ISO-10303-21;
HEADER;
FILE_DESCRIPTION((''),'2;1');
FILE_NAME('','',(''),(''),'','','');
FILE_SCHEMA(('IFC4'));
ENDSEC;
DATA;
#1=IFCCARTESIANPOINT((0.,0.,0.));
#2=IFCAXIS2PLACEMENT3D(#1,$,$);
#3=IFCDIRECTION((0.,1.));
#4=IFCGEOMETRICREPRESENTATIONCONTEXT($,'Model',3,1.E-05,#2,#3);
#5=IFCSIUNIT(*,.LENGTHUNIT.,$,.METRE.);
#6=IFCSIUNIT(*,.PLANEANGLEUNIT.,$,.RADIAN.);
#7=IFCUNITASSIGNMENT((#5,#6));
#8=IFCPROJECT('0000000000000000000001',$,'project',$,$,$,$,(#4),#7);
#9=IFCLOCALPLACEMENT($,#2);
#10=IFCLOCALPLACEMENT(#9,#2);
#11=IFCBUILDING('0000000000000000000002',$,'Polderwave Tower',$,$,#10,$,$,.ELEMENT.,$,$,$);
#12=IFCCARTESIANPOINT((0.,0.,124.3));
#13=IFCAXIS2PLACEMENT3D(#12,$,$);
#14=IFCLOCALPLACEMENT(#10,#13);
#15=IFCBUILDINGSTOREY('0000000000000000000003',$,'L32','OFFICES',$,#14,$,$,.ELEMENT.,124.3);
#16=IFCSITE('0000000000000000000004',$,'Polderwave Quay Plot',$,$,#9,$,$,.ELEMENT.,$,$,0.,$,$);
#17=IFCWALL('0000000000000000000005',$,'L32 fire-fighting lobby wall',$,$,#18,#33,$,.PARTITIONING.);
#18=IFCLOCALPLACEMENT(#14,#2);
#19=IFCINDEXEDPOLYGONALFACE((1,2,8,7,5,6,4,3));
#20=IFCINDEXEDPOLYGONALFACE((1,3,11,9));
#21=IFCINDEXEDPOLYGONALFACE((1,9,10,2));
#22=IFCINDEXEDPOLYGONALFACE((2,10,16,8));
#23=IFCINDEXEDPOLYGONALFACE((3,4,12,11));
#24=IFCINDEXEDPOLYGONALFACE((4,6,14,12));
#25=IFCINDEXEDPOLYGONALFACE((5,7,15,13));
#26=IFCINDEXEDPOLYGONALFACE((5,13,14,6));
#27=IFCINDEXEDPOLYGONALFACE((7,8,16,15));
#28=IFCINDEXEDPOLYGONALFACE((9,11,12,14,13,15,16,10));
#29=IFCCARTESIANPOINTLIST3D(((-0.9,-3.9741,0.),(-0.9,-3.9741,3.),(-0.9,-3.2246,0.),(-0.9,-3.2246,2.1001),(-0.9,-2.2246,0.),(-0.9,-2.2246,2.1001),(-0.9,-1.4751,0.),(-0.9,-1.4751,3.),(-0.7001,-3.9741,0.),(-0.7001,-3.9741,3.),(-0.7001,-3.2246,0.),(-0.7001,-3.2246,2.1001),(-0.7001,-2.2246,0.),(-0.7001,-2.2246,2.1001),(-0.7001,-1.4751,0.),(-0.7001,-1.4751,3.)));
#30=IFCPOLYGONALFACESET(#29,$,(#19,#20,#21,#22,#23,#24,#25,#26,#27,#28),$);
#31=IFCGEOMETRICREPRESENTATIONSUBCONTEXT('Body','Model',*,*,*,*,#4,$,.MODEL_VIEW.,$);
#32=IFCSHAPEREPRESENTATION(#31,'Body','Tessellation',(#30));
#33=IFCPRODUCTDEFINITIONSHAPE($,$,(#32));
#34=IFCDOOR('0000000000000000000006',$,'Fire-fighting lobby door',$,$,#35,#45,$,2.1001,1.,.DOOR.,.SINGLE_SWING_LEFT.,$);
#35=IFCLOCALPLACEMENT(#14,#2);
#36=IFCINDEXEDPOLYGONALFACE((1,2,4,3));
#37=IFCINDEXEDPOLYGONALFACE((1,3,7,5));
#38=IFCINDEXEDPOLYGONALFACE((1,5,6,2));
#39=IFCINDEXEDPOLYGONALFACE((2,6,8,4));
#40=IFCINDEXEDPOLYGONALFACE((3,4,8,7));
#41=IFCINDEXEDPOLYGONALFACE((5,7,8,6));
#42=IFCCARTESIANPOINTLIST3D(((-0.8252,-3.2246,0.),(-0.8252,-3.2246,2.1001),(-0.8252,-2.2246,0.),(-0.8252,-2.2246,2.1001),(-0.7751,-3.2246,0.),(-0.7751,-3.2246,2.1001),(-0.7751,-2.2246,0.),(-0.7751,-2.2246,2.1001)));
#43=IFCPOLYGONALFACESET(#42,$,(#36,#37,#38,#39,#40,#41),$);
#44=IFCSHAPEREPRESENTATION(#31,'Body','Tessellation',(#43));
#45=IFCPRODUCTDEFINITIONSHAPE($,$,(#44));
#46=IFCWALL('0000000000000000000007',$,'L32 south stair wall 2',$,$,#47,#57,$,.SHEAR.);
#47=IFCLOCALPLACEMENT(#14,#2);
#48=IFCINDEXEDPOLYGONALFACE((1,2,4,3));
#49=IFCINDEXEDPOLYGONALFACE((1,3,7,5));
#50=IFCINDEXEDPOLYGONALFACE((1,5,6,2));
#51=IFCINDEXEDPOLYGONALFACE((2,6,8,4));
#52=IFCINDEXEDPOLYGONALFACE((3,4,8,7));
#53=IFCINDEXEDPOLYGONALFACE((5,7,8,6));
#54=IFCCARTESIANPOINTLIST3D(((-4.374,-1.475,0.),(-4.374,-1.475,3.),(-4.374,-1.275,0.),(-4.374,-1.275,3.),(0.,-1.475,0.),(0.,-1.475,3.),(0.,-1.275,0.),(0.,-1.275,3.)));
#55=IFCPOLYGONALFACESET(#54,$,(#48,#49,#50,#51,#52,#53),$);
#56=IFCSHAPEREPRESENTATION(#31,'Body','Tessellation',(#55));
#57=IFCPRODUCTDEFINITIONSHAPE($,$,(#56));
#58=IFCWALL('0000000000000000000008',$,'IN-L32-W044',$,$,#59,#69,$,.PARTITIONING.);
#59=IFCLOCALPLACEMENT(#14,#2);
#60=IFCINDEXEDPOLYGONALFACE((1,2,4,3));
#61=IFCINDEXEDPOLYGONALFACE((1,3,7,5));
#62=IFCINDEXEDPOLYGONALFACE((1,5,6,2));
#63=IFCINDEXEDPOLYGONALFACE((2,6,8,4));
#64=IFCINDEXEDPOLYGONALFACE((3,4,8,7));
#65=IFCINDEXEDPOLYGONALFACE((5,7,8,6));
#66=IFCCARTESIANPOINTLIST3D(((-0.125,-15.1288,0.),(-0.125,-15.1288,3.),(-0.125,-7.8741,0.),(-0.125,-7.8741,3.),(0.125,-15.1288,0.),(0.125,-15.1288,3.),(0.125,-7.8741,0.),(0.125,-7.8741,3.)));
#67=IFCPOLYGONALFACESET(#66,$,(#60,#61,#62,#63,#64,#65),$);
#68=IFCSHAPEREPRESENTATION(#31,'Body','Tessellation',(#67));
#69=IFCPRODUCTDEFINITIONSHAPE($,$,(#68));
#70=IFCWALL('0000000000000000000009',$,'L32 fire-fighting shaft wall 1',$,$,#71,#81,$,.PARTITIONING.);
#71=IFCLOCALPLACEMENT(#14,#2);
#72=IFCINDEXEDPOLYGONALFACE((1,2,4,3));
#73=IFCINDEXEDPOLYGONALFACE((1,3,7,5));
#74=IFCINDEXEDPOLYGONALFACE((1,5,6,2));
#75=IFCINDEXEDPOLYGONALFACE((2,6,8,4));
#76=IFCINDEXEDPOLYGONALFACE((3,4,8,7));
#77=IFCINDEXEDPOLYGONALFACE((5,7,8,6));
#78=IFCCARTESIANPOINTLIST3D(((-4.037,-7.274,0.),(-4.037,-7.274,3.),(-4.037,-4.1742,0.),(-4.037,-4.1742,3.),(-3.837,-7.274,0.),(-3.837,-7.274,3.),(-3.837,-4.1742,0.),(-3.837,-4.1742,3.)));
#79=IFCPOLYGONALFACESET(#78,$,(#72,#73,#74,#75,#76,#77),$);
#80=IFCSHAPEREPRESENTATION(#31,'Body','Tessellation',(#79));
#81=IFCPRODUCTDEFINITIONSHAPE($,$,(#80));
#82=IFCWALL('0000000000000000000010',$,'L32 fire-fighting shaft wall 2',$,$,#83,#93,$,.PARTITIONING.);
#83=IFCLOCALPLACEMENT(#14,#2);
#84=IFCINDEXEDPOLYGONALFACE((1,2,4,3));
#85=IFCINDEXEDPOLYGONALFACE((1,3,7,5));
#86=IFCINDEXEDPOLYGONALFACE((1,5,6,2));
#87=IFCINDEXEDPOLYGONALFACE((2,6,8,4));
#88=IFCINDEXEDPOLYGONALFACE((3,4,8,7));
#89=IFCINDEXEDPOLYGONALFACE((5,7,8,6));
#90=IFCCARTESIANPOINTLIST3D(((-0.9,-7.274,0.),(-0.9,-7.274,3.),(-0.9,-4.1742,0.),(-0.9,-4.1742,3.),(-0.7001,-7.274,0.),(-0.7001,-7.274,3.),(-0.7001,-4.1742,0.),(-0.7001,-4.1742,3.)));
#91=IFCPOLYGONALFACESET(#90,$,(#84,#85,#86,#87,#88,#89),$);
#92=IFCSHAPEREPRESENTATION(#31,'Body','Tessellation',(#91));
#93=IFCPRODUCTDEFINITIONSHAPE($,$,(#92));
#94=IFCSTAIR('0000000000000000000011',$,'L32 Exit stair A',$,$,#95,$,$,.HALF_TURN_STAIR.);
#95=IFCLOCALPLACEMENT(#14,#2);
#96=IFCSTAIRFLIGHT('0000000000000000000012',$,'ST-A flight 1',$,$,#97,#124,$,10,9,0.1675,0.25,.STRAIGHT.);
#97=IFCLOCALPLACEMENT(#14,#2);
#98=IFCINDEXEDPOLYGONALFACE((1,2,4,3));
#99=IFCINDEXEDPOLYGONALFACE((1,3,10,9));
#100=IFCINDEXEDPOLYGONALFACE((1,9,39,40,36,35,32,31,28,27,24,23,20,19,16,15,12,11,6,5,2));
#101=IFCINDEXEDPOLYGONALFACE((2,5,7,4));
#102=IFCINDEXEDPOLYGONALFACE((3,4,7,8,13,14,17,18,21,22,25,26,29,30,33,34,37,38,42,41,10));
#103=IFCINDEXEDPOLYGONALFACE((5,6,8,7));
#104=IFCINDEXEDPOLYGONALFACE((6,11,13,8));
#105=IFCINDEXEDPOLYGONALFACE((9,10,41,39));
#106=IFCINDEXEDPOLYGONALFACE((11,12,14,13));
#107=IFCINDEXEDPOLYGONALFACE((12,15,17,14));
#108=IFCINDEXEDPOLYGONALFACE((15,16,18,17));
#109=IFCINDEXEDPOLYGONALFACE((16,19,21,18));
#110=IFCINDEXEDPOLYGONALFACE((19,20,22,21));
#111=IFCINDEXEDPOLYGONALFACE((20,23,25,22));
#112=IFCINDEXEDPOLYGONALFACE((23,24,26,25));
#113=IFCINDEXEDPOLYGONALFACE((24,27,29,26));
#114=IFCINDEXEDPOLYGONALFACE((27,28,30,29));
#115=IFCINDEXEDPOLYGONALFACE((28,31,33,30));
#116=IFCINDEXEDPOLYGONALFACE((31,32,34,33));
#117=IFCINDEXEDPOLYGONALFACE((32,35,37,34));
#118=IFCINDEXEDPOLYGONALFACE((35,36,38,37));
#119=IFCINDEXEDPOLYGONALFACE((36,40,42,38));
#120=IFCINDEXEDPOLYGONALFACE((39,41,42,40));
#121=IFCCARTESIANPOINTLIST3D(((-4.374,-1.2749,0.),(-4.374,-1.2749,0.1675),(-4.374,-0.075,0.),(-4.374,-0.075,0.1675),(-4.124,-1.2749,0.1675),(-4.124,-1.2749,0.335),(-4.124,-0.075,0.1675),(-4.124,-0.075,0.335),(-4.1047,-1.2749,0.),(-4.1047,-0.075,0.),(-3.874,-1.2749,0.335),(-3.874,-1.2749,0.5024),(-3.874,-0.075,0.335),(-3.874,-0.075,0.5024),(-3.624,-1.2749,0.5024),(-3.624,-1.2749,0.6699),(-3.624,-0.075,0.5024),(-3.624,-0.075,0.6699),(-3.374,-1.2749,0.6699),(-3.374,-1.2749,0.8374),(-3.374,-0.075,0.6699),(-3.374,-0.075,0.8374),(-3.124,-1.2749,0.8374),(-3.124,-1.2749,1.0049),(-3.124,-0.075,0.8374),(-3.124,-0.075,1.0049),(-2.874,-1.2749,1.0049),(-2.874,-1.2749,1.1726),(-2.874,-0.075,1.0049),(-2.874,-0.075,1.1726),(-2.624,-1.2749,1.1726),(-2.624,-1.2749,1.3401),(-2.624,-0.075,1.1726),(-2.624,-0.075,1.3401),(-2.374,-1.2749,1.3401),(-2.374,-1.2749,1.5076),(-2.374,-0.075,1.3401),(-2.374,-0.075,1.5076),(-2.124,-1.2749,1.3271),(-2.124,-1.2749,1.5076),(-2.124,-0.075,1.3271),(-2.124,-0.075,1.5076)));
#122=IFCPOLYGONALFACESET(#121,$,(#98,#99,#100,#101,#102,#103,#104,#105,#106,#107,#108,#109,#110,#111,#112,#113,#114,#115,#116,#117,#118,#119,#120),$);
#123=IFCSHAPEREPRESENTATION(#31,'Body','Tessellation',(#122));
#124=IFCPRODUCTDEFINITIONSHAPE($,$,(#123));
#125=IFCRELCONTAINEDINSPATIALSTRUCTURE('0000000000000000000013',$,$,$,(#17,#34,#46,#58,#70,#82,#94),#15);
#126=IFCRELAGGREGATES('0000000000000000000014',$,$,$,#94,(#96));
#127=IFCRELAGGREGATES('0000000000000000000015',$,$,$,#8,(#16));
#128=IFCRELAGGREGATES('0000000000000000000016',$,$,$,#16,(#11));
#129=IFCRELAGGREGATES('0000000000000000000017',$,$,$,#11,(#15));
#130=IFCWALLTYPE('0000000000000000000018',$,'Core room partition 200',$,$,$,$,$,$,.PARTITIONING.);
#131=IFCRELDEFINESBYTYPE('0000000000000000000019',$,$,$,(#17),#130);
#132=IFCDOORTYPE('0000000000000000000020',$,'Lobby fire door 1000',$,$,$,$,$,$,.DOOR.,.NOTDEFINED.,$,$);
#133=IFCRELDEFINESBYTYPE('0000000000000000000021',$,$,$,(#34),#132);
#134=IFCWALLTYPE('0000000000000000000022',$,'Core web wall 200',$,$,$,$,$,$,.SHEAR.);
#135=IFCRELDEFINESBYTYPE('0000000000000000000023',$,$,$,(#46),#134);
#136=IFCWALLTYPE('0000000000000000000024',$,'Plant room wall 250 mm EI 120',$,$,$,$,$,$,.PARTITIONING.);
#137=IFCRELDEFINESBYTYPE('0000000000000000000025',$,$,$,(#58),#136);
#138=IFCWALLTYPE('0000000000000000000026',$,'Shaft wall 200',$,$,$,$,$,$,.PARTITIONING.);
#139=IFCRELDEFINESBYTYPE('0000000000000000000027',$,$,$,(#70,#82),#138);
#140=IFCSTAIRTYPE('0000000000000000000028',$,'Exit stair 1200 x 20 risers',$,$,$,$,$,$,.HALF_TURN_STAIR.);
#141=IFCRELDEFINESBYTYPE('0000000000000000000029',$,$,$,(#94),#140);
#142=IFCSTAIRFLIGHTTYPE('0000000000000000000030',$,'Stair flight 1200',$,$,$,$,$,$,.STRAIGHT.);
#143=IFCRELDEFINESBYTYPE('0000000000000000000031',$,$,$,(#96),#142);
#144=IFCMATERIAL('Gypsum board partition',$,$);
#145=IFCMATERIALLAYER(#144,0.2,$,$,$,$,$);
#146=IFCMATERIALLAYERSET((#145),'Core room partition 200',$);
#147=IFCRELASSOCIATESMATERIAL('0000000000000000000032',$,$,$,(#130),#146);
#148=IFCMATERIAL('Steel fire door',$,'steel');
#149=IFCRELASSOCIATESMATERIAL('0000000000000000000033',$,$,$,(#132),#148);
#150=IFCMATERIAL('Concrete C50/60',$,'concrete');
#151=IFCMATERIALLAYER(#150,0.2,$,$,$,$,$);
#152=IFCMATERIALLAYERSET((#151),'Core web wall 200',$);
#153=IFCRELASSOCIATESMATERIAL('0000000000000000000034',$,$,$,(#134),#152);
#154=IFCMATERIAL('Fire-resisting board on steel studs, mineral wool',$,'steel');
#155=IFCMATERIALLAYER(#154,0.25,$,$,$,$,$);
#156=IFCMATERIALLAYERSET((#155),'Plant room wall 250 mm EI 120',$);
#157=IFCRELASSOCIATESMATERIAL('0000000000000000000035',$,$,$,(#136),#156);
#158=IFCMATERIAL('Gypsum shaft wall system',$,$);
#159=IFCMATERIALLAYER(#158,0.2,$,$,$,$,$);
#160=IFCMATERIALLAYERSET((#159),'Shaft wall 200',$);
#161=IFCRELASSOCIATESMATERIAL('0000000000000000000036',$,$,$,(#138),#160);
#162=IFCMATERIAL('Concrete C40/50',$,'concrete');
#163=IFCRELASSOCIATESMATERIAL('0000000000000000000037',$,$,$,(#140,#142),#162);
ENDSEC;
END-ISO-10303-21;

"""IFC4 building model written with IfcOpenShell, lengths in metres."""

from ifc_helpers import new_model, si_unit, direction, frame, frame_2d, origin, place, context, subcontext, project, spatial, polyline, rectangle, outline, extrude, material, layer, layer_set, type_object, element, fill, aggregate, save


model = new_model("IFC4")

# Units and contexts
model_context = context("Model", 3, precision=1e-05, world=origin(), true_north=direction((0.0, 1.0)))
body_context = subcontext(model_context, "Body", "Model", "MODEL_VIEW")
ifc_project = project(units=[si_unit("LENGTHUNIT", "METRE"), si_unit("PLANEANGLEUNIT", "RADIAN")], contexts=[model_context])

# Site, building, storey
site_placement = place(None, origin())
site = spatial("IfcSite", under=ifc_project, at=site_placement, Name="Polderwave Quay Plot", CompositionType="ELEMENT", RefElevation=0.0)
building_placement = place(site_placement, origin())
building = spatial("IfcBuilding", under=site, at=building_placement, Name="Polderwave Tower", CompositionType="ELEMENT")
storey_placement = place(building_placement, frame((0.0, 0.0, 124.3)))
storey = spatial("IfcBuildingStorey", under=building, at=storey_placement, Name="L32", Description="OFFICES", CompositionType="ELEMENT", Elevation=124.3)

# Wall, opening, door
ifc_material_1 = material(Name="Gypsum board partition")
ifc_layer_1 = layer(ifc_material_1, 0.2)
ifc_layer_set_1 = layer_set([ifc_layer_1], Name="Core room partition 200")
wall_type_1 = type_object("IfcWallType", Name="Core room partition 200", PredefinedType="PARTITIONING", material=ifc_layer_set_1)
wall_1_placement = place(storey_placement, frame((-0.8, -3.9741, 0.0), z_axis=(0.0, 0.0, 1.0), x_axis=(0.0, 1.0, 0.0)))
wall_1 = element("IfcWall", 1, at=wall_1_placement, inside=storey, type_object=wall_type_1, Name="L32 fire-fighting lobby wall", PredefinedType="PARTITIONING", context=body_context, shape_type="SweptSolid", body=[
    extrude(rectangle(XDim=2.499, YDim=0.2, at=frame_2d((1.2495, 0.0))), origin(), (0.0, 0.0, 1.0), 3.0),
])
opening_placement = place(wall_1_placement, frame((0.7495, 0.0, 0.0)))
opening = element("IfcOpeningElement", 2, at=opening_placement, cuts=wall_1, PredefinedType="OPENING", context=body_context, shape_type="SweptSolid", body=[
    extrude(rectangle(XDim=1.0, YDim=2.1001, at=frame_2d((0.5, 1.05))), frame((0.0, 0.1099, 0.0), z_axis=(0.0, -1.0, 0.0), x_axis=(1.0, 0.0, 0.0)), (0.0, 0.0, 1.0), 0.22),
])
ifc_material_2 = material(Name="Steel fire door", Category="steel")
door_type = type_object("IfcDoorType", Name="Lobby fire door 1000", OperationType="NOTDEFINED", PredefinedType="DOOR", material=ifc_material_2)
door_placement = place(opening_placement, frame((1.0, 0.0, 0.0), z_axis=(0.0, 0.0, 1.0), x_axis=(-1.0, 0.0, 0.0)))
door = element("IfcDoor", 3, at=door_placement, inside=storey, type_object=door_type, Name="Fire-fighting lobby door", OperationType="SINGLE_SWING_LEFT", OverallHeight=2.1001, OverallWidth=1.0, PredefinedType="DOOR", context=body_context, shape_type="SweptSolid", body=[
    extrude(rectangle(XDim=1.0, YDim=2.1001, at=frame_2d((0.5, 1.05))), frame((0.0, 0.0249, 0.0), z_axis=(0.0, -1.0, 0.0), x_axis=(1.0, 0.0, 0.0)), (0.0, 0.0, 1.0), 0.05),
])
fill(opening, door)

# Walls
ifc_material_3 = material(Name="Concrete C50/60", Category="concrete")
ifc_layer_2 = layer(ifc_material_3, 0.2)
ifc_layer_set_2 = layer_set([ifc_layer_2], Name="Core web wall 200")
wall_type_2 = type_object("IfcWallType", Name="Core web wall 200", PredefinedType="SHEAR", material=ifc_layer_set_2)
wall_2_placement = place(storey_placement, frame((-4.374, -1.375, 0.0), z_axis=(0.0, 0.0, 1.0), x_axis=(1.0, 0.0, 0.0)))
element("IfcWall", 4, at=wall_2_placement, inside=storey, type_object=wall_type_2, Name="L32 south stair wall 2", PredefinedType="SHEAR", context=body_context, shape_type="SweptSolid", body=[
    extrude(rectangle(XDim=4.374, YDim=0.2, at=frame_2d((2.187, 0.0))), origin(), (0.0, 0.0, 1.0), 3.0),
])
ifc_material_4 = material(Name="Fire-resisting board on steel studs, mineral wool", Category="steel")
ifc_layer_3 = layer(ifc_material_4, 0.25)
ifc_layer_set_3 = layer_set([ifc_layer_3], Name="Plant room wall 250 mm EI 120")
wall_type_3 = type_object("IfcWallType", Name="Plant room wall 250 mm EI 120", PredefinedType="PARTITIONING", material=ifc_layer_set_3)
wall_3_placement = place(storey_placement, frame((0.0, -7.874, 0.0), z_axis=(0.0, 0.0, 1.0), x_axis=(0.0, -1.0, 0.0)))
element("IfcWall", 5, at=wall_3_placement, inside=storey, type_object=wall_type_3, Name="IN-L32-W044", PredefinedType="PARTITIONING", context=body_context, shape_type="SweptSolid", body=[
    extrude(rectangle(XDim=7.2546, YDim=0.25, at=frame_2d((3.6274, 0.0))), origin(), (0.0, 0.0, 1.0), 3.0),
])
ifc_material_5 = material(Name="Gypsum shaft wall system")
ifc_layer_4 = layer(ifc_material_5, 0.2)
ifc_layer_set_4 = layer_set([ifc_layer_4], Name="Shaft wall 200")
wall_type_4 = type_object("IfcWallType", Name="Shaft wall 200", PredefinedType="PARTITIONING", material=ifc_layer_set_4)
for number, where, z_axis, x_axis, name in (
    (6, (-3.937, -7.2739, 0.0), (0.0, 0.0, 1.0), (0.0, 1.0, 0.0), "L32 fire-fighting shaft wall 1"),
    (7, (-0.8, -7.2739, 0.0), (0.0, 0.0, 1.0), (0.0, 1.0, 0.0), "L32 fire-fighting shaft wall 2"),
):
    element("IfcWall", number, at=place(storey_placement, frame(where, z_axis=z_axis, x_axis=x_axis)), inside=storey, type_object=wall_type_4, Name=name, PredefinedType="PARTITIONING", context=body_context, shape_type="SweptSolid", body=[
        extrude(rectangle(XDim=3.0999, YDim=0.2, at=frame_2d((1.5498, 0.0))), origin(), (0.0, 0.0, 1.0), 3.0),
    ])

# Stair, stair flight
ifc_material_6 = material(Name="Concrete C40/50", Category="concrete")
stair_type = type_object("IfcStairType", Name="Exit stair 1200 x 20 risers", PredefinedType="HALF_TURN_STAIR", material=ifc_material_6)
stair_placement = place(storey_placement, origin())
stair = element("IfcStair", 8, at=stair_placement, inside=storey, type_object=stair_type, Name="L32 Exit stair A", PredefinedType="HALF_TURN_STAIR")
stair_flight_type = type_object("IfcStairFlightType", Name="Stair flight 1200", PredefinedType="STRAIGHT", material=ifc_material_6)
stair_flight_placement = place(storey_placement, frame((-4.374, -0.675, 0.0), z_axis=(0.0, 0.0, 1.0), x_axis=(1.0, 0.0, 0.0)))
stair_flight = element("IfcStairFlight", 9, at=stair_flight_placement, type_object=stair_flight_type, Name="ST-A flight 1", NumberOfRisers=10, NumberOfTreads=9, PredefinedType="STRAIGHT", RiserHeight=0.1675, TreadLength=0.25, context=body_context, shape_type="SweptSolid", body=[
    extrude(outline(polyline([(0.0, 0.0), (0.0, 0.1675), (0.25, 0.1675), (0.25, 0.335), (0.5, 0.335), (0.5, 0.5024), (0.75, 0.5024), (0.75, 0.6699), (1.0, 0.6699), (1.0, 0.8374), (1.25, 0.8374), (1.25, 1.0049), (1.5, 1.0049), (1.5, 1.1726), (1.75, 1.1726), (1.75, 1.3401), (2.0, 1.3401), (2.0, 1.5076), (2.25, 1.5076), (2.25, 1.675), (2.25, 1.3271), (0.2693, 0.0), (0.0, 0.0)])), frame((0.0, 0.6001, 0.0), z_axis=(0.0, -1.0, 0.0), x_axis=(1.0, 0.0, 0.0)), (0.0, 0.0, 1.0), 1.2),
])
aggregate(stair, [stair_flight])

save(model, "model.ifc")
